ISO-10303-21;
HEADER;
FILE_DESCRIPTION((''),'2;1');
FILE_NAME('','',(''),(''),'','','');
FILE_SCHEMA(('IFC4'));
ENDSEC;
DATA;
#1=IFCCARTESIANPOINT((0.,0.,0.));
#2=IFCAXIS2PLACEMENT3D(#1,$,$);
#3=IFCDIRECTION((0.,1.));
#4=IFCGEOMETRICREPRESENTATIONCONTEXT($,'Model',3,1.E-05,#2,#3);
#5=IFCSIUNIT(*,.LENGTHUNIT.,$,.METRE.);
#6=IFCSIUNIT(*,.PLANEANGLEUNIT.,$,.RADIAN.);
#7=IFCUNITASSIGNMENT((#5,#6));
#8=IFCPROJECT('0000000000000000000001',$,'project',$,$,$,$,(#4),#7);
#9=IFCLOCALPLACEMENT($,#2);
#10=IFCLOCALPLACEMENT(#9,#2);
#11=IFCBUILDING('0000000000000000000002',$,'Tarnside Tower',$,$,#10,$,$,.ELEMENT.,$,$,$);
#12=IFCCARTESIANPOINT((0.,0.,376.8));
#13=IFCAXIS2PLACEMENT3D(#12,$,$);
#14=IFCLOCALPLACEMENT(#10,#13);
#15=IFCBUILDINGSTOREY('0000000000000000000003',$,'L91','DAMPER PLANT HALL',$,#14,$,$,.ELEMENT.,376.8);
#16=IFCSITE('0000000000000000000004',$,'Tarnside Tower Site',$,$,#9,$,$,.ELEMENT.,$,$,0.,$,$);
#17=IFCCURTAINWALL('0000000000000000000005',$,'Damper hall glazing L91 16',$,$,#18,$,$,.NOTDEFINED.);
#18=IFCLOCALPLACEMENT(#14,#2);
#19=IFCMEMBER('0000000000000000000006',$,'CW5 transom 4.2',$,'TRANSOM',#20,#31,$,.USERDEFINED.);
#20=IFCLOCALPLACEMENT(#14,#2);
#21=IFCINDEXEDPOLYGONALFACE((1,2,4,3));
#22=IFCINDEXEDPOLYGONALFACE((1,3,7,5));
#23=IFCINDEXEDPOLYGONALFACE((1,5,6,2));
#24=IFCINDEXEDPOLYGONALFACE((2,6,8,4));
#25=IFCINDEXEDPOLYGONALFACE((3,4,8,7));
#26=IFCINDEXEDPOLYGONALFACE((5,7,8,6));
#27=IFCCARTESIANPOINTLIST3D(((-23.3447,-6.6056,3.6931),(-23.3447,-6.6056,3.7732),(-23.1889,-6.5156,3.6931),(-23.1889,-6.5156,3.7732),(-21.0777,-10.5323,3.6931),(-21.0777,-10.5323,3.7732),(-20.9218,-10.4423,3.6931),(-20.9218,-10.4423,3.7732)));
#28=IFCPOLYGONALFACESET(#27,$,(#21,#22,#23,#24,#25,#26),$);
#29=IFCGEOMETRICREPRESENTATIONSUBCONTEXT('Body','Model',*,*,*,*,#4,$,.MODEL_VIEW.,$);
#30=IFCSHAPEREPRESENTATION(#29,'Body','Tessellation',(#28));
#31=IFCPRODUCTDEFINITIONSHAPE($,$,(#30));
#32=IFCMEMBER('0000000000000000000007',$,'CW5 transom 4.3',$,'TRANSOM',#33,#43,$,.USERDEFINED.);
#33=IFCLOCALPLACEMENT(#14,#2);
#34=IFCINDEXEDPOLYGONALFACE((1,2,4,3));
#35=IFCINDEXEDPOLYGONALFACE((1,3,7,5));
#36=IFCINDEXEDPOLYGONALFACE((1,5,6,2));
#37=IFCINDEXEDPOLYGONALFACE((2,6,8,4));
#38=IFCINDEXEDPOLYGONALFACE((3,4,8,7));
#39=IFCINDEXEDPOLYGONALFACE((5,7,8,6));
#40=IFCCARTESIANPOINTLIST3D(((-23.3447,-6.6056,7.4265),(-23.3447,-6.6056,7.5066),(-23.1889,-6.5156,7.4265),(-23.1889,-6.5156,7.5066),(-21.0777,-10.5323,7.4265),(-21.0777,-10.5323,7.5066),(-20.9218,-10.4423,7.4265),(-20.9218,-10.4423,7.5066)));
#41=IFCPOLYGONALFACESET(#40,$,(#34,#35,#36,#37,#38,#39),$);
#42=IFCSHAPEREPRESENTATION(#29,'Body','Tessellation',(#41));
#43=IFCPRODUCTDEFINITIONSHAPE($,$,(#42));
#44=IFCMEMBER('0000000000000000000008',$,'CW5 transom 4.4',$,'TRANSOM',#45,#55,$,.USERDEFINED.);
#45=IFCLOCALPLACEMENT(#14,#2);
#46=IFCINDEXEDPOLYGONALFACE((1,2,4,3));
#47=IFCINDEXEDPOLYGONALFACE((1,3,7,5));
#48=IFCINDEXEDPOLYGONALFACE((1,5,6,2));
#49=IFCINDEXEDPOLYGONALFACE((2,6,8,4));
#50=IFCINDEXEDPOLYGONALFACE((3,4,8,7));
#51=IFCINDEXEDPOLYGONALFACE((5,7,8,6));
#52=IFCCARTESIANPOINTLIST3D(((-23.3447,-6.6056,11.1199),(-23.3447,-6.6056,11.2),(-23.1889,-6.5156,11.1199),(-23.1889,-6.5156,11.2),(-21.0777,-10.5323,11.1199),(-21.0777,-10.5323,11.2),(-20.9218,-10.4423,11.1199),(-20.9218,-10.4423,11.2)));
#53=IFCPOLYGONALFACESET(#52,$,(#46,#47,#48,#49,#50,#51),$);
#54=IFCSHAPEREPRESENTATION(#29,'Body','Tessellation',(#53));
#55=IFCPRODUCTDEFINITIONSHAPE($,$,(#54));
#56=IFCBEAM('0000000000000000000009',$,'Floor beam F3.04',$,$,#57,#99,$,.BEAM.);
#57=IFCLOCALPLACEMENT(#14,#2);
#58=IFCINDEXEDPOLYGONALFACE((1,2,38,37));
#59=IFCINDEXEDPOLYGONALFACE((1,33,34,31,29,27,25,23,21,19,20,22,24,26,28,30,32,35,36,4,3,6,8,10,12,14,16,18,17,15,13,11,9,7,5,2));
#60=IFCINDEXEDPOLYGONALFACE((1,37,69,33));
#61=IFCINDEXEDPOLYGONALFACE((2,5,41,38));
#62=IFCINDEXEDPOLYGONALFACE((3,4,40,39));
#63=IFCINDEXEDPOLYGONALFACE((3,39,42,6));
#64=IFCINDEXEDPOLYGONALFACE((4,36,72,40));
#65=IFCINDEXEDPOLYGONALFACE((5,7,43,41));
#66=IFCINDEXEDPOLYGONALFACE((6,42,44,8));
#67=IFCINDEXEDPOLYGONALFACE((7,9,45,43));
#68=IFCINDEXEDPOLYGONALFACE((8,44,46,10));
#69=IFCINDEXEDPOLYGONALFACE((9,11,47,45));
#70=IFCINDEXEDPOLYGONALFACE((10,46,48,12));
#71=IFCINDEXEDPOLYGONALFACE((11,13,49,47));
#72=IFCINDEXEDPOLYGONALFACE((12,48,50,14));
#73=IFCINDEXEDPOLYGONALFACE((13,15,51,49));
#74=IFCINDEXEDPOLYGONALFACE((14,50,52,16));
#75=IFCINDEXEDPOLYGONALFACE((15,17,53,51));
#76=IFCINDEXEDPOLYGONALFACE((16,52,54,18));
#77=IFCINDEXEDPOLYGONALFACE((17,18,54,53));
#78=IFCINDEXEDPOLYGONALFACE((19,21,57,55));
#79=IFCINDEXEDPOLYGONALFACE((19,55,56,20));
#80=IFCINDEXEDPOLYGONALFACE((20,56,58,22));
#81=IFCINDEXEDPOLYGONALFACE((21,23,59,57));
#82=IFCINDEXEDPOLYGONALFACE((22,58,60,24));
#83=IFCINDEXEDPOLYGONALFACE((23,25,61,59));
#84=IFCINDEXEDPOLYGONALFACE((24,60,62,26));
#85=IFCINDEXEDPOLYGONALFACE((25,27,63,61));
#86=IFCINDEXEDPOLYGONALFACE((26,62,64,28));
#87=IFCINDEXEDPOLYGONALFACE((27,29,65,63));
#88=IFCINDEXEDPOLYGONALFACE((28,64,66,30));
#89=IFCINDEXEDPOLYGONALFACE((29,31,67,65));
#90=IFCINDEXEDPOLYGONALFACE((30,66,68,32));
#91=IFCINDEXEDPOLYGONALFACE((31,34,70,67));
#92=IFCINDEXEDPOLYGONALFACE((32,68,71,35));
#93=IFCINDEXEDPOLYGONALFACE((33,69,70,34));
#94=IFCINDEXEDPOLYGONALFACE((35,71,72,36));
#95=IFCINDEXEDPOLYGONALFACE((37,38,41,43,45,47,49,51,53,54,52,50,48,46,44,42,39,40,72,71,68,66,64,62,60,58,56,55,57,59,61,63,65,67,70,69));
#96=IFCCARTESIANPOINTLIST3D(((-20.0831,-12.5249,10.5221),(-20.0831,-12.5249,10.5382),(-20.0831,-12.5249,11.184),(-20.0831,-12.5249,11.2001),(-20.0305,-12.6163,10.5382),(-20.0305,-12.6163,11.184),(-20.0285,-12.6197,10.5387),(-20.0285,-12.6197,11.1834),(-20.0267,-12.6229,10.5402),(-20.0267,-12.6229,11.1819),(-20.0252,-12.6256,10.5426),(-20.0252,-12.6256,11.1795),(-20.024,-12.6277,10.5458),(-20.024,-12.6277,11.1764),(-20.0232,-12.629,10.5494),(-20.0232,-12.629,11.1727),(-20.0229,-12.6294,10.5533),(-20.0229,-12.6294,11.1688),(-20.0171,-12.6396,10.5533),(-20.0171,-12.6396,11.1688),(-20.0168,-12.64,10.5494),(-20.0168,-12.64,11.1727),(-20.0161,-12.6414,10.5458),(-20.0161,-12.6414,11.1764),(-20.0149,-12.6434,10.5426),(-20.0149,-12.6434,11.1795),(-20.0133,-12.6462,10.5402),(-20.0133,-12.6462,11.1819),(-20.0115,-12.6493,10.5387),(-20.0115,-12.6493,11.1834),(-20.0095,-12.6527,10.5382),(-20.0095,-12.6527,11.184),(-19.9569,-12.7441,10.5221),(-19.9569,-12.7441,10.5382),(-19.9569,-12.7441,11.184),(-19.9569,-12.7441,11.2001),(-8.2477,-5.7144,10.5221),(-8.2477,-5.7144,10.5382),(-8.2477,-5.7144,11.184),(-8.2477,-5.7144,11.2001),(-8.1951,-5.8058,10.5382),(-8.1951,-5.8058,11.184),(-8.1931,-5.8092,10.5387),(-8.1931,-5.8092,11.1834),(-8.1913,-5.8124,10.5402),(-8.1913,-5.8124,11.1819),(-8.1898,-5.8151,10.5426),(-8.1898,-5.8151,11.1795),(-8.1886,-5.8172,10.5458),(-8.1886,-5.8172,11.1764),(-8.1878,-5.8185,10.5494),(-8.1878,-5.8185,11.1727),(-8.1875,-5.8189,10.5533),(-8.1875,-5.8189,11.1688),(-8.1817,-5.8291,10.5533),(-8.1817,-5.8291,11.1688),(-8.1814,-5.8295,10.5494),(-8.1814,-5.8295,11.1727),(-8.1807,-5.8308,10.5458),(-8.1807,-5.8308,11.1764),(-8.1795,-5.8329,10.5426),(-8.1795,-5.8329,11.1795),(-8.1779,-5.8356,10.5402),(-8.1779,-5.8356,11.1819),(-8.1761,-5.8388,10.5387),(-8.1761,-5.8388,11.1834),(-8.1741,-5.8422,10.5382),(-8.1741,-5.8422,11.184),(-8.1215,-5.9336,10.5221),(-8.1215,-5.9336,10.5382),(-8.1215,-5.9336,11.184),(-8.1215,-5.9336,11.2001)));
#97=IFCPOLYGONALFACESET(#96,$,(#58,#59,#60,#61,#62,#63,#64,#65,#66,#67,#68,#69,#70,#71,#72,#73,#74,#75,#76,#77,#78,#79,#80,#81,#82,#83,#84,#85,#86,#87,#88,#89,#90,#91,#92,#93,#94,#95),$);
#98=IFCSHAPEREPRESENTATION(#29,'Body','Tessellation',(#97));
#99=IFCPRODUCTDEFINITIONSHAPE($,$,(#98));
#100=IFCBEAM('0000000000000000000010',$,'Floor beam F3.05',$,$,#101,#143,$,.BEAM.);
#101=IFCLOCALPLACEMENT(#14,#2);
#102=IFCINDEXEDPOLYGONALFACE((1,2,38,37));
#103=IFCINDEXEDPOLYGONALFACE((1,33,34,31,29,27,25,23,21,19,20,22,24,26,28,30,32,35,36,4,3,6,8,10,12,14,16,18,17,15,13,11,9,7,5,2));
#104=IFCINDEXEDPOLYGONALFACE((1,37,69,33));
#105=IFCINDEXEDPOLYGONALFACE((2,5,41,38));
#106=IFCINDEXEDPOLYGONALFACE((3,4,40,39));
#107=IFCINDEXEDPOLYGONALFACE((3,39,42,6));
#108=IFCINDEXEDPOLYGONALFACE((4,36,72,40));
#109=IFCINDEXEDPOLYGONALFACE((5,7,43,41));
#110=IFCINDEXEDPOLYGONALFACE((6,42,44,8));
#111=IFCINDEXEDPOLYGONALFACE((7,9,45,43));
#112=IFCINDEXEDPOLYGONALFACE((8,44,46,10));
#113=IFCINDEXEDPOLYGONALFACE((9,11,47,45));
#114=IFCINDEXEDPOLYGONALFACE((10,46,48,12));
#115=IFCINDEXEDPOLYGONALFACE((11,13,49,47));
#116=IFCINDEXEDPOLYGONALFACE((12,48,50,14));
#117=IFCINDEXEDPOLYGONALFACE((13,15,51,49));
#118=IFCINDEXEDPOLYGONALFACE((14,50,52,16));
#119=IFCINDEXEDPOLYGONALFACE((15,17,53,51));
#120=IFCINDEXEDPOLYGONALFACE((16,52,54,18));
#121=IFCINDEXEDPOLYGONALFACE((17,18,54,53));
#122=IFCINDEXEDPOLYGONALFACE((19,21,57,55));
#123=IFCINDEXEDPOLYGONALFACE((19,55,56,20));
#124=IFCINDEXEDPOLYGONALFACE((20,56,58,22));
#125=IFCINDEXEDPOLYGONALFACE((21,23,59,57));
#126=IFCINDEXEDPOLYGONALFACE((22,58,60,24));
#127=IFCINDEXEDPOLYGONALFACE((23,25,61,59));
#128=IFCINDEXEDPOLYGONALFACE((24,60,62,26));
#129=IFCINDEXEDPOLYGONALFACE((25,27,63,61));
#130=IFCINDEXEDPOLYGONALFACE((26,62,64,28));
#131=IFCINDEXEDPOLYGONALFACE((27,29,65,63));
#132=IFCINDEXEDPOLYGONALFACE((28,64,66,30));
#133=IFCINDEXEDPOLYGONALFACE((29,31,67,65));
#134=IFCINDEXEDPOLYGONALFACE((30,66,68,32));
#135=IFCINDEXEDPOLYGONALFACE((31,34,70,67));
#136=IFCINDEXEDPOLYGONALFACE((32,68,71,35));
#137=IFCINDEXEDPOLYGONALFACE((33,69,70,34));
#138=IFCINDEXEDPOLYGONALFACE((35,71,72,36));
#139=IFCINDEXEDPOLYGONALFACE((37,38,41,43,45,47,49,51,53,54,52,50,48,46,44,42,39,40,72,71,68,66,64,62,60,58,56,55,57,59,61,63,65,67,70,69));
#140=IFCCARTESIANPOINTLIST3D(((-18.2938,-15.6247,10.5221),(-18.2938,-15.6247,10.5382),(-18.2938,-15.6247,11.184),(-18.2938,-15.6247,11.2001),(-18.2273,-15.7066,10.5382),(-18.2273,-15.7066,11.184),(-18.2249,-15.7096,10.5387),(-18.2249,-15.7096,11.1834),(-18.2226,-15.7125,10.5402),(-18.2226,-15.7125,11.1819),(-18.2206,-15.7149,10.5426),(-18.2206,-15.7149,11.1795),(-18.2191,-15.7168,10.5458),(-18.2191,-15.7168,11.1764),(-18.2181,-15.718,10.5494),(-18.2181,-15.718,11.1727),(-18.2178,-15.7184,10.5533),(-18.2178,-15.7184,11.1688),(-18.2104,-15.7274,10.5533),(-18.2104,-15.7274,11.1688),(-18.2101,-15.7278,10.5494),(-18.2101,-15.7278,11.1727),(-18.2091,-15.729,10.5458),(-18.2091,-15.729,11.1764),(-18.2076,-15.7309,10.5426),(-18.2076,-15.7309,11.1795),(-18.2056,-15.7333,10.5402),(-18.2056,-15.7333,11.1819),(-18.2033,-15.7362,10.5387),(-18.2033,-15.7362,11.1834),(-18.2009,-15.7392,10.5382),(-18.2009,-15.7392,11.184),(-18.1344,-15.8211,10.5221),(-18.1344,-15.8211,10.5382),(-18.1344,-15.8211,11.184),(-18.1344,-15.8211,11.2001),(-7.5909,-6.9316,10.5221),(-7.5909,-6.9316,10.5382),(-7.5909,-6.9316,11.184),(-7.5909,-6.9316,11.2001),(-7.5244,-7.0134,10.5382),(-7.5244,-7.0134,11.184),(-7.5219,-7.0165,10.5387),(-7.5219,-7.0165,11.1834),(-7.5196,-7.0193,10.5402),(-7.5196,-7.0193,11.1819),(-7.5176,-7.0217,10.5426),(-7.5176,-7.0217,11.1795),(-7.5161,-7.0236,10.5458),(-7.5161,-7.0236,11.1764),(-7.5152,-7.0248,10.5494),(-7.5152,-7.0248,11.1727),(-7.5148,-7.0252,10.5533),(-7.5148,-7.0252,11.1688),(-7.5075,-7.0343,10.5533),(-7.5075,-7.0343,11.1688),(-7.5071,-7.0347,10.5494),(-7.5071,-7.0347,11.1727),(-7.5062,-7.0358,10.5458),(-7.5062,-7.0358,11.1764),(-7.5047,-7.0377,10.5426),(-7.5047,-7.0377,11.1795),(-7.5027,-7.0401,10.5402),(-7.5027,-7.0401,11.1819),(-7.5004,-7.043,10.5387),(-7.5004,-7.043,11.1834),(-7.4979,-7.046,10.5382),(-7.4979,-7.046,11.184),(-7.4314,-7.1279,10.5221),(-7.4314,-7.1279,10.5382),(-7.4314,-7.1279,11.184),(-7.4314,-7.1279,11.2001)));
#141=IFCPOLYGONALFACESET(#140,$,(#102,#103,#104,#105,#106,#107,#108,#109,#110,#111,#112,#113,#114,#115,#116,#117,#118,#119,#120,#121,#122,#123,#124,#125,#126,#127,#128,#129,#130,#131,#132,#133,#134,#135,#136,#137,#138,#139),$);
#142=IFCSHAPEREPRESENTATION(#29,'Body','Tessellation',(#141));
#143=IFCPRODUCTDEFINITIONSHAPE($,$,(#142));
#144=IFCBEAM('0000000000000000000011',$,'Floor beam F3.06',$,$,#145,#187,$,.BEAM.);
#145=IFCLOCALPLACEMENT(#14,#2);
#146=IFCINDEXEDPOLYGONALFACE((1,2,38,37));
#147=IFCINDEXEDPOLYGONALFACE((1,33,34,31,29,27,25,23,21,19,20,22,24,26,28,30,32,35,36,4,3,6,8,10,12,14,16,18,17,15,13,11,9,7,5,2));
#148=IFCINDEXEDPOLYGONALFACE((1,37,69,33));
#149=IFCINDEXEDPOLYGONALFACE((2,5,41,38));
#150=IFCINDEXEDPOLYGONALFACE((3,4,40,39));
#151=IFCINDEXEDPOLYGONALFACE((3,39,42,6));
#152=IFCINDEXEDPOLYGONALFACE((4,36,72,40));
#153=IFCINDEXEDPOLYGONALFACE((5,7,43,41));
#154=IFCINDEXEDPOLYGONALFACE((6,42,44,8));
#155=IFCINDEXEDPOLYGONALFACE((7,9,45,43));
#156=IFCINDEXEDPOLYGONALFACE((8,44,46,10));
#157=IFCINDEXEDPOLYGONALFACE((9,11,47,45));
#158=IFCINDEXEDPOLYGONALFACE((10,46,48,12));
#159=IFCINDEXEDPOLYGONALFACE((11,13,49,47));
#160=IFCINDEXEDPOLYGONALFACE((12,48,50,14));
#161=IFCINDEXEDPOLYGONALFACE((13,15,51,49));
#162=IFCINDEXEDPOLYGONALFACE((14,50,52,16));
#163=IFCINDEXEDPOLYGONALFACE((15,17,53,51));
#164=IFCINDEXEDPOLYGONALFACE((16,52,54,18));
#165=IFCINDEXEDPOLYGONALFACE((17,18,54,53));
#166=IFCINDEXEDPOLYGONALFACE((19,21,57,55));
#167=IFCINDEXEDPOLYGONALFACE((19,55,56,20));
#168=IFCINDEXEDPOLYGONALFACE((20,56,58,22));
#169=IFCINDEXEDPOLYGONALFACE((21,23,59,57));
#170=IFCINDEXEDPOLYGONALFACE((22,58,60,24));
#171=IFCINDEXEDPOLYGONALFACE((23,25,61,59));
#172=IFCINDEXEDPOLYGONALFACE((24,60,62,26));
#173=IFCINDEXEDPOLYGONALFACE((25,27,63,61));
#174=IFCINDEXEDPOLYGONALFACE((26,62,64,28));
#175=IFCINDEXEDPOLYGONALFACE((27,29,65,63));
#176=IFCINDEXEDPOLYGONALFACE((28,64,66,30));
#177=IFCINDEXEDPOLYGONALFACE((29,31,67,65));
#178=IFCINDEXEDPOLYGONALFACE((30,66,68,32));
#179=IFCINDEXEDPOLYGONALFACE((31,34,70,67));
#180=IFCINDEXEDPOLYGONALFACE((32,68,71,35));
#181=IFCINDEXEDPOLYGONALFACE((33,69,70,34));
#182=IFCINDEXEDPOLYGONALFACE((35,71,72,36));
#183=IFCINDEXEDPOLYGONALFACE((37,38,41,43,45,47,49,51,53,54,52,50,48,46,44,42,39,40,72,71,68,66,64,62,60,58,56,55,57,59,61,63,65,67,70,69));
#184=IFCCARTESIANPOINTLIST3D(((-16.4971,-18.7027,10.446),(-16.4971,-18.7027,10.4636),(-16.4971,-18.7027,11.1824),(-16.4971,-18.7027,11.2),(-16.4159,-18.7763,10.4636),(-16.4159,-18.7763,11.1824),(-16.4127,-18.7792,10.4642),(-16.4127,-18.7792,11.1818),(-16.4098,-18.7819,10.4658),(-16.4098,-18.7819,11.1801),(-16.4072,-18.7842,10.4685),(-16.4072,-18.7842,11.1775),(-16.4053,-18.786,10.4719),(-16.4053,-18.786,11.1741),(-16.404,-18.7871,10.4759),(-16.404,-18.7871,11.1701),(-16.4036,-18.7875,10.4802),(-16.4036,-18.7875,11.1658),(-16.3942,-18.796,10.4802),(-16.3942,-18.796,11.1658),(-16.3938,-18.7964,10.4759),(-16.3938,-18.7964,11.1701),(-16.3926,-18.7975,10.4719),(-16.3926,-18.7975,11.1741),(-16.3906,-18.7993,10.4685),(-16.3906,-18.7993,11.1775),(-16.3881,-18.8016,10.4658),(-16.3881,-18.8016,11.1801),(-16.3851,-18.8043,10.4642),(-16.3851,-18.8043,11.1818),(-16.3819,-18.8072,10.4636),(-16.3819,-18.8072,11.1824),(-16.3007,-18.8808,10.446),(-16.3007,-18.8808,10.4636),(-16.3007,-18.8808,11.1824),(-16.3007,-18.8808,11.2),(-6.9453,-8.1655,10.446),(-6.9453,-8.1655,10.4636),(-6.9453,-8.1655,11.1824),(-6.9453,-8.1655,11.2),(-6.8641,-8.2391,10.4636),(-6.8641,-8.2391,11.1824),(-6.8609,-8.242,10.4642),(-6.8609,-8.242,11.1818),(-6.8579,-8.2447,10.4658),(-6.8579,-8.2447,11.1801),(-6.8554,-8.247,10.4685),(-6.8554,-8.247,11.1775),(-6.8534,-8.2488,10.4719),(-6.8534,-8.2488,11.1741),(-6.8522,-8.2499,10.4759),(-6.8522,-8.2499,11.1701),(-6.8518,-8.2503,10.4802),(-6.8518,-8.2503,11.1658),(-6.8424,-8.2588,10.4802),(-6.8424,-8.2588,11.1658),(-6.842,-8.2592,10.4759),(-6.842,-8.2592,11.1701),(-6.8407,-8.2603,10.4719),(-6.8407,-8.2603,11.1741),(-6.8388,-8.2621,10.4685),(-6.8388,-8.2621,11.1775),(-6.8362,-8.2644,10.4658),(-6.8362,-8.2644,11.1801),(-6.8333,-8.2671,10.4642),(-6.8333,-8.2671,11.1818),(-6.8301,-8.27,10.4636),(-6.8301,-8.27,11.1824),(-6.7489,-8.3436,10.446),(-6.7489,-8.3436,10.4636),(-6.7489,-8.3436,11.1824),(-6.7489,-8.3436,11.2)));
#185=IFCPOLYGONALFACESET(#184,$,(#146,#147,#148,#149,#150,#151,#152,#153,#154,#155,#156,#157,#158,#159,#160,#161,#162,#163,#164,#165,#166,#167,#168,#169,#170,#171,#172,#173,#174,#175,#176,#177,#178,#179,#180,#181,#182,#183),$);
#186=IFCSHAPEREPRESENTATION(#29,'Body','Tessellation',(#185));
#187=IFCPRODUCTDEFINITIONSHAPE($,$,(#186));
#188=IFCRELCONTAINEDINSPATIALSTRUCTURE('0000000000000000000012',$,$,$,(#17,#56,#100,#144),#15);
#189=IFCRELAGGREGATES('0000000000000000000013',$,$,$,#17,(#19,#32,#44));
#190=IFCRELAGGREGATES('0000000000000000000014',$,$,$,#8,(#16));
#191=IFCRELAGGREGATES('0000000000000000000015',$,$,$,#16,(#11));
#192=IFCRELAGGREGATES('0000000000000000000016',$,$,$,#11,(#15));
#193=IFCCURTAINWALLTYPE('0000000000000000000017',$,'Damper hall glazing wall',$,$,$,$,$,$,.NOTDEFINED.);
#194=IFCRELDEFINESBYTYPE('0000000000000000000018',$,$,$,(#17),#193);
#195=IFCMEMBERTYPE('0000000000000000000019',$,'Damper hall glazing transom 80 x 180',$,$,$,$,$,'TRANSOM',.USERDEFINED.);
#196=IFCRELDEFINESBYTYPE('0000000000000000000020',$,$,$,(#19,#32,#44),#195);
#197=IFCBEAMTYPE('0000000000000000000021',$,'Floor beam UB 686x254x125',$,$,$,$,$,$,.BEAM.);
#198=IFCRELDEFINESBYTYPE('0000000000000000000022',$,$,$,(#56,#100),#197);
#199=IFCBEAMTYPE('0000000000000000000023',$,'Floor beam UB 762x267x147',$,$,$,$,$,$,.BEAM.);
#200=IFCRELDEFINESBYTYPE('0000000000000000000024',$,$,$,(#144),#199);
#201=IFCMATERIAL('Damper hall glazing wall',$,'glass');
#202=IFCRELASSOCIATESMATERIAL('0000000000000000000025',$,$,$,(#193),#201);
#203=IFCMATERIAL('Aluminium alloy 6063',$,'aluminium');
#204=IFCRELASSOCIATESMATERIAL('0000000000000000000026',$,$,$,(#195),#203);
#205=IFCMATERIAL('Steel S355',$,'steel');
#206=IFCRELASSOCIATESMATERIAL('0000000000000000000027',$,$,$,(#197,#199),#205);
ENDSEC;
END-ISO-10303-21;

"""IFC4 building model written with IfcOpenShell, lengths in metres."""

from ifc_helpers import new_model, si_unit, direction, frame, origin, origin_2d, place, context, subcontext, project, spatial, rectangle, i_section, extrude, material, material_profile, profile_set, type_object, element, aggregate, save


model = new_model("IFC4")

# Units and contexts
model_context = context("Model", 3, precision=1e-05, world=origin(), true_north=direction((0.0, 1.0)))
body_context = subcontext(model_context, "Body", "Model", "MODEL_VIEW")
ifc_project = project(units=[si_unit("LENGTHUNIT", "METRE"), si_unit("PLANEANGLEUNIT", "RADIAN")], contexts=[model_context])

# Site, building, storey
site_placement = place(None, origin())
site = spatial("IfcSite", under=ifc_project, at=site_placement, Name="Tarnside Tower Site", CompositionType="ELEMENT", RefElevation=0.0)
building_placement = place(site_placement, origin())
building = spatial("IfcBuilding", under=site, at=building_placement, Name="Tarnside Tower", CompositionType="ELEMENT")
storey_placement = place(building_placement, frame((0.0, 0.0, 376.8)))
storey = spatial("IfcBuildingStorey", under=building, at=storey_placement, Name="L91", Description="DAMPER PLANT HALL", CompositionType="ELEMENT", Elevation=376.8)

# Shared definitions
ifc_material_1 = material(Name="Steel S355", Category="steel")

# Curtain wall, members
ifc_material_2 = material(Name="Damper hall glazing wall", Category="glass")
curtain_wall_type = type_object("IfcCurtainWallType", Name="Damper hall glazing wall", PredefinedType="NOTDEFINED", material=ifc_material_2)
curtain_wall_placement = place(storey_placement, origin())
curtain_wall = element("IfcCurtainWall", 1, at=curtain_wall_placement, inside=storey, type_object=curtain_wall_type, Name="Damper hall glazing L91 16", PredefinedType="NOTDEFINED")
ifc_material_3 = material(Name="Aluminium alloy 6063", Category="aluminium")
ifc_material_profile_1 = material_profile(ifc_material_3, rectangle(XDim=0.1799, YDim=0.0801, at=origin_2d()), Name="Damper hall glazing transom 80 x 180")
ifc_profile_set_1 = profile_set([ifc_material_profile_1], Name="Aluminium alloy 6063")
member_type_1 = type_object("IfcMemberType", Name="Damper hall glazing transom 80 x 180", ElementType="TRANSOM", PredefinedType="USERDEFINED", material=ifc_profile_set_1)
member_1_placement = place(storey_placement, frame((-20.9998, -10.4873, 3.7332), z_axis=(-0.499996, 0.866028, 0.0), x_axis=(-0.866028, -0.499996, 0.0)))
member_1 = element("IfcMember", 2, at=member_1_placement, type_object=member_type_1, Name="CW5 transom 4.2", ObjectType="TRANSOM", PredefinedType="USERDEFINED", context=body_context, shape_type="SweptSolid", body=[
    extrude(rectangle(XDim=0.1799, YDim=0.0801, at=origin_2d()), origin(), (0.0, 0.0, 1.0), 4.5342),
])
member_2_placement = place(storey_placement, frame((-20.9998, -10.4873, 7.4666), z_axis=(-0.499996, 0.866028, 0.0), x_axis=(-0.866028, -0.499996, 0.0)))
member_2 = element("IfcMember", 3, at=member_2_placement, type_object=member_type_1, Name="CW5 transom 4.3", ObjectType="TRANSOM", PredefinedType="USERDEFINED", context=body_context, shape_type="SweptSolid", body=[
    extrude(rectangle(XDim=0.1799, YDim=0.0801, at=origin_2d()), origin(), (0.0, 0.0, 1.0), 4.5342),
])
member_3_placement = place(storey_placement, frame((-20.9998, -10.4873, 11.1599), z_axis=(-0.499996, 0.866028, 0.0), x_axis=(-0.866028, -0.499996, 0.0)))
member_3 = element("IfcMember", 4, at=member_3_placement, type_object=member_type_1, Name="CW5 transom 4.4", ObjectType="TRANSOM", PredefinedType="USERDEFINED", context=body_context, shape_type="SweptSolid", body=[
    extrude(rectangle(XDim=0.1799, YDim=0.0801, at=origin_2d()), origin(), (0.0, 0.0, 1.0), 4.5342),
])

# Beams
ifc_material_profile_2 = material_profile(ifc_material_1, i_section(OverallWidth=0.2529, OverallDepth=0.678, WebThickness=0.0117, FlangeThickness=0.0161, FilletRadius=0.0151, at=origin_2d()), Name="UB 686x254x125")
ifc_profile_set_2 = profile_set([ifc_material_profile_2], Name="Steel S355")
beam_type_1 = type_object("IfcBeamType", Name="Floor beam UB 686x254x125", PredefinedType="BEAM", material=ifc_profile_set_2)
beam_1_placement = place(storey_placement, frame((-20.02, -12.6345, 10.8611), z_axis=(0.866743, 0.498755, 0.0), x_axis=(-0.498755, 0.866743, 0.0)))
element("IfcBeam", 5, at=beam_1_placement, inside=storey, type_object=beam_type_1, Name="Floor beam F3.04", PredefinedType="BEAM", context=body_context, shape_type="SweptSolid", body=[
    extrude(i_section(OverallWidth=0.2529, OverallDepth=0.678, WebThickness=0.0117, FlangeThickness=0.0161, FilletRadius=0.0151, at=origin_2d()), origin(), (0.0, 0.0, 1.0), 13.655),
])
beam_2_placement = place(storey_placement, frame((-18.2141, -15.7229, 10.8611), z_axis=(0.77622, 0.630463, 0.0), x_axis=(-0.630463, 0.77622, 0.0)))
element("IfcBeam", 6, at=beam_2_placement, inside=storey, type_object=beam_type_1, Name="Floor beam F3.05", PredefinedType="BEAM", context=body_context, shape_type="SweptSolid", body=[
    extrude(i_section(OverallWidth=0.2529, OverallDepth=0.678, WebThickness=0.0117, FlangeThickness=0.0161, FilletRadius=0.0151, at=origin_2d()), origin(), (0.0, 0.0, 1.0), 13.7886),
])
ifc_material_profile_3 = material_profile(ifc_material_1, i_section(OverallWidth=0.2651, OverallDepth=0.7539, WebThickness=0.0127, FlangeThickness=0.0176, FilletRadius=0.0166, at=origin_2d()), Name="UB 762x267x147")
ifc_profile_set_3 = profile_set([ifc_material_profile_3], Name="Steel S355")
beam_type_2 = type_object("IfcBeamType", Name="Floor beam UB 762x267x147", PredefinedType="BEAM", material=ifc_profile_set_3)
beam_3_placement = place(storey_placement, frame((-16.3989, -18.7917, 10.823), z_axis=(0.671616, 0.740899, 0.0), x_axis=(-0.740899, 0.671616, 0.0)))
element("IfcBeam", 7, at=beam_3_placement, inside=storey, type_object=beam_type_2, Name="Floor beam F3.06", PredefinedType="BEAM", context=body_context, shape_type="SweptSolid", body=[
    extrude(i_section(OverallWidth=0.2651, OverallDepth=0.7539, WebThickness=0.0127, FlangeThickness=0.0176, FilletRadius=0.0166, at=origin_2d()), origin(), (0.0, 0.0, 1.0), 14.2222),
])

aggregate(curtain_wall, [member_1, member_2, member_3])

save(model, "model.ifc")
